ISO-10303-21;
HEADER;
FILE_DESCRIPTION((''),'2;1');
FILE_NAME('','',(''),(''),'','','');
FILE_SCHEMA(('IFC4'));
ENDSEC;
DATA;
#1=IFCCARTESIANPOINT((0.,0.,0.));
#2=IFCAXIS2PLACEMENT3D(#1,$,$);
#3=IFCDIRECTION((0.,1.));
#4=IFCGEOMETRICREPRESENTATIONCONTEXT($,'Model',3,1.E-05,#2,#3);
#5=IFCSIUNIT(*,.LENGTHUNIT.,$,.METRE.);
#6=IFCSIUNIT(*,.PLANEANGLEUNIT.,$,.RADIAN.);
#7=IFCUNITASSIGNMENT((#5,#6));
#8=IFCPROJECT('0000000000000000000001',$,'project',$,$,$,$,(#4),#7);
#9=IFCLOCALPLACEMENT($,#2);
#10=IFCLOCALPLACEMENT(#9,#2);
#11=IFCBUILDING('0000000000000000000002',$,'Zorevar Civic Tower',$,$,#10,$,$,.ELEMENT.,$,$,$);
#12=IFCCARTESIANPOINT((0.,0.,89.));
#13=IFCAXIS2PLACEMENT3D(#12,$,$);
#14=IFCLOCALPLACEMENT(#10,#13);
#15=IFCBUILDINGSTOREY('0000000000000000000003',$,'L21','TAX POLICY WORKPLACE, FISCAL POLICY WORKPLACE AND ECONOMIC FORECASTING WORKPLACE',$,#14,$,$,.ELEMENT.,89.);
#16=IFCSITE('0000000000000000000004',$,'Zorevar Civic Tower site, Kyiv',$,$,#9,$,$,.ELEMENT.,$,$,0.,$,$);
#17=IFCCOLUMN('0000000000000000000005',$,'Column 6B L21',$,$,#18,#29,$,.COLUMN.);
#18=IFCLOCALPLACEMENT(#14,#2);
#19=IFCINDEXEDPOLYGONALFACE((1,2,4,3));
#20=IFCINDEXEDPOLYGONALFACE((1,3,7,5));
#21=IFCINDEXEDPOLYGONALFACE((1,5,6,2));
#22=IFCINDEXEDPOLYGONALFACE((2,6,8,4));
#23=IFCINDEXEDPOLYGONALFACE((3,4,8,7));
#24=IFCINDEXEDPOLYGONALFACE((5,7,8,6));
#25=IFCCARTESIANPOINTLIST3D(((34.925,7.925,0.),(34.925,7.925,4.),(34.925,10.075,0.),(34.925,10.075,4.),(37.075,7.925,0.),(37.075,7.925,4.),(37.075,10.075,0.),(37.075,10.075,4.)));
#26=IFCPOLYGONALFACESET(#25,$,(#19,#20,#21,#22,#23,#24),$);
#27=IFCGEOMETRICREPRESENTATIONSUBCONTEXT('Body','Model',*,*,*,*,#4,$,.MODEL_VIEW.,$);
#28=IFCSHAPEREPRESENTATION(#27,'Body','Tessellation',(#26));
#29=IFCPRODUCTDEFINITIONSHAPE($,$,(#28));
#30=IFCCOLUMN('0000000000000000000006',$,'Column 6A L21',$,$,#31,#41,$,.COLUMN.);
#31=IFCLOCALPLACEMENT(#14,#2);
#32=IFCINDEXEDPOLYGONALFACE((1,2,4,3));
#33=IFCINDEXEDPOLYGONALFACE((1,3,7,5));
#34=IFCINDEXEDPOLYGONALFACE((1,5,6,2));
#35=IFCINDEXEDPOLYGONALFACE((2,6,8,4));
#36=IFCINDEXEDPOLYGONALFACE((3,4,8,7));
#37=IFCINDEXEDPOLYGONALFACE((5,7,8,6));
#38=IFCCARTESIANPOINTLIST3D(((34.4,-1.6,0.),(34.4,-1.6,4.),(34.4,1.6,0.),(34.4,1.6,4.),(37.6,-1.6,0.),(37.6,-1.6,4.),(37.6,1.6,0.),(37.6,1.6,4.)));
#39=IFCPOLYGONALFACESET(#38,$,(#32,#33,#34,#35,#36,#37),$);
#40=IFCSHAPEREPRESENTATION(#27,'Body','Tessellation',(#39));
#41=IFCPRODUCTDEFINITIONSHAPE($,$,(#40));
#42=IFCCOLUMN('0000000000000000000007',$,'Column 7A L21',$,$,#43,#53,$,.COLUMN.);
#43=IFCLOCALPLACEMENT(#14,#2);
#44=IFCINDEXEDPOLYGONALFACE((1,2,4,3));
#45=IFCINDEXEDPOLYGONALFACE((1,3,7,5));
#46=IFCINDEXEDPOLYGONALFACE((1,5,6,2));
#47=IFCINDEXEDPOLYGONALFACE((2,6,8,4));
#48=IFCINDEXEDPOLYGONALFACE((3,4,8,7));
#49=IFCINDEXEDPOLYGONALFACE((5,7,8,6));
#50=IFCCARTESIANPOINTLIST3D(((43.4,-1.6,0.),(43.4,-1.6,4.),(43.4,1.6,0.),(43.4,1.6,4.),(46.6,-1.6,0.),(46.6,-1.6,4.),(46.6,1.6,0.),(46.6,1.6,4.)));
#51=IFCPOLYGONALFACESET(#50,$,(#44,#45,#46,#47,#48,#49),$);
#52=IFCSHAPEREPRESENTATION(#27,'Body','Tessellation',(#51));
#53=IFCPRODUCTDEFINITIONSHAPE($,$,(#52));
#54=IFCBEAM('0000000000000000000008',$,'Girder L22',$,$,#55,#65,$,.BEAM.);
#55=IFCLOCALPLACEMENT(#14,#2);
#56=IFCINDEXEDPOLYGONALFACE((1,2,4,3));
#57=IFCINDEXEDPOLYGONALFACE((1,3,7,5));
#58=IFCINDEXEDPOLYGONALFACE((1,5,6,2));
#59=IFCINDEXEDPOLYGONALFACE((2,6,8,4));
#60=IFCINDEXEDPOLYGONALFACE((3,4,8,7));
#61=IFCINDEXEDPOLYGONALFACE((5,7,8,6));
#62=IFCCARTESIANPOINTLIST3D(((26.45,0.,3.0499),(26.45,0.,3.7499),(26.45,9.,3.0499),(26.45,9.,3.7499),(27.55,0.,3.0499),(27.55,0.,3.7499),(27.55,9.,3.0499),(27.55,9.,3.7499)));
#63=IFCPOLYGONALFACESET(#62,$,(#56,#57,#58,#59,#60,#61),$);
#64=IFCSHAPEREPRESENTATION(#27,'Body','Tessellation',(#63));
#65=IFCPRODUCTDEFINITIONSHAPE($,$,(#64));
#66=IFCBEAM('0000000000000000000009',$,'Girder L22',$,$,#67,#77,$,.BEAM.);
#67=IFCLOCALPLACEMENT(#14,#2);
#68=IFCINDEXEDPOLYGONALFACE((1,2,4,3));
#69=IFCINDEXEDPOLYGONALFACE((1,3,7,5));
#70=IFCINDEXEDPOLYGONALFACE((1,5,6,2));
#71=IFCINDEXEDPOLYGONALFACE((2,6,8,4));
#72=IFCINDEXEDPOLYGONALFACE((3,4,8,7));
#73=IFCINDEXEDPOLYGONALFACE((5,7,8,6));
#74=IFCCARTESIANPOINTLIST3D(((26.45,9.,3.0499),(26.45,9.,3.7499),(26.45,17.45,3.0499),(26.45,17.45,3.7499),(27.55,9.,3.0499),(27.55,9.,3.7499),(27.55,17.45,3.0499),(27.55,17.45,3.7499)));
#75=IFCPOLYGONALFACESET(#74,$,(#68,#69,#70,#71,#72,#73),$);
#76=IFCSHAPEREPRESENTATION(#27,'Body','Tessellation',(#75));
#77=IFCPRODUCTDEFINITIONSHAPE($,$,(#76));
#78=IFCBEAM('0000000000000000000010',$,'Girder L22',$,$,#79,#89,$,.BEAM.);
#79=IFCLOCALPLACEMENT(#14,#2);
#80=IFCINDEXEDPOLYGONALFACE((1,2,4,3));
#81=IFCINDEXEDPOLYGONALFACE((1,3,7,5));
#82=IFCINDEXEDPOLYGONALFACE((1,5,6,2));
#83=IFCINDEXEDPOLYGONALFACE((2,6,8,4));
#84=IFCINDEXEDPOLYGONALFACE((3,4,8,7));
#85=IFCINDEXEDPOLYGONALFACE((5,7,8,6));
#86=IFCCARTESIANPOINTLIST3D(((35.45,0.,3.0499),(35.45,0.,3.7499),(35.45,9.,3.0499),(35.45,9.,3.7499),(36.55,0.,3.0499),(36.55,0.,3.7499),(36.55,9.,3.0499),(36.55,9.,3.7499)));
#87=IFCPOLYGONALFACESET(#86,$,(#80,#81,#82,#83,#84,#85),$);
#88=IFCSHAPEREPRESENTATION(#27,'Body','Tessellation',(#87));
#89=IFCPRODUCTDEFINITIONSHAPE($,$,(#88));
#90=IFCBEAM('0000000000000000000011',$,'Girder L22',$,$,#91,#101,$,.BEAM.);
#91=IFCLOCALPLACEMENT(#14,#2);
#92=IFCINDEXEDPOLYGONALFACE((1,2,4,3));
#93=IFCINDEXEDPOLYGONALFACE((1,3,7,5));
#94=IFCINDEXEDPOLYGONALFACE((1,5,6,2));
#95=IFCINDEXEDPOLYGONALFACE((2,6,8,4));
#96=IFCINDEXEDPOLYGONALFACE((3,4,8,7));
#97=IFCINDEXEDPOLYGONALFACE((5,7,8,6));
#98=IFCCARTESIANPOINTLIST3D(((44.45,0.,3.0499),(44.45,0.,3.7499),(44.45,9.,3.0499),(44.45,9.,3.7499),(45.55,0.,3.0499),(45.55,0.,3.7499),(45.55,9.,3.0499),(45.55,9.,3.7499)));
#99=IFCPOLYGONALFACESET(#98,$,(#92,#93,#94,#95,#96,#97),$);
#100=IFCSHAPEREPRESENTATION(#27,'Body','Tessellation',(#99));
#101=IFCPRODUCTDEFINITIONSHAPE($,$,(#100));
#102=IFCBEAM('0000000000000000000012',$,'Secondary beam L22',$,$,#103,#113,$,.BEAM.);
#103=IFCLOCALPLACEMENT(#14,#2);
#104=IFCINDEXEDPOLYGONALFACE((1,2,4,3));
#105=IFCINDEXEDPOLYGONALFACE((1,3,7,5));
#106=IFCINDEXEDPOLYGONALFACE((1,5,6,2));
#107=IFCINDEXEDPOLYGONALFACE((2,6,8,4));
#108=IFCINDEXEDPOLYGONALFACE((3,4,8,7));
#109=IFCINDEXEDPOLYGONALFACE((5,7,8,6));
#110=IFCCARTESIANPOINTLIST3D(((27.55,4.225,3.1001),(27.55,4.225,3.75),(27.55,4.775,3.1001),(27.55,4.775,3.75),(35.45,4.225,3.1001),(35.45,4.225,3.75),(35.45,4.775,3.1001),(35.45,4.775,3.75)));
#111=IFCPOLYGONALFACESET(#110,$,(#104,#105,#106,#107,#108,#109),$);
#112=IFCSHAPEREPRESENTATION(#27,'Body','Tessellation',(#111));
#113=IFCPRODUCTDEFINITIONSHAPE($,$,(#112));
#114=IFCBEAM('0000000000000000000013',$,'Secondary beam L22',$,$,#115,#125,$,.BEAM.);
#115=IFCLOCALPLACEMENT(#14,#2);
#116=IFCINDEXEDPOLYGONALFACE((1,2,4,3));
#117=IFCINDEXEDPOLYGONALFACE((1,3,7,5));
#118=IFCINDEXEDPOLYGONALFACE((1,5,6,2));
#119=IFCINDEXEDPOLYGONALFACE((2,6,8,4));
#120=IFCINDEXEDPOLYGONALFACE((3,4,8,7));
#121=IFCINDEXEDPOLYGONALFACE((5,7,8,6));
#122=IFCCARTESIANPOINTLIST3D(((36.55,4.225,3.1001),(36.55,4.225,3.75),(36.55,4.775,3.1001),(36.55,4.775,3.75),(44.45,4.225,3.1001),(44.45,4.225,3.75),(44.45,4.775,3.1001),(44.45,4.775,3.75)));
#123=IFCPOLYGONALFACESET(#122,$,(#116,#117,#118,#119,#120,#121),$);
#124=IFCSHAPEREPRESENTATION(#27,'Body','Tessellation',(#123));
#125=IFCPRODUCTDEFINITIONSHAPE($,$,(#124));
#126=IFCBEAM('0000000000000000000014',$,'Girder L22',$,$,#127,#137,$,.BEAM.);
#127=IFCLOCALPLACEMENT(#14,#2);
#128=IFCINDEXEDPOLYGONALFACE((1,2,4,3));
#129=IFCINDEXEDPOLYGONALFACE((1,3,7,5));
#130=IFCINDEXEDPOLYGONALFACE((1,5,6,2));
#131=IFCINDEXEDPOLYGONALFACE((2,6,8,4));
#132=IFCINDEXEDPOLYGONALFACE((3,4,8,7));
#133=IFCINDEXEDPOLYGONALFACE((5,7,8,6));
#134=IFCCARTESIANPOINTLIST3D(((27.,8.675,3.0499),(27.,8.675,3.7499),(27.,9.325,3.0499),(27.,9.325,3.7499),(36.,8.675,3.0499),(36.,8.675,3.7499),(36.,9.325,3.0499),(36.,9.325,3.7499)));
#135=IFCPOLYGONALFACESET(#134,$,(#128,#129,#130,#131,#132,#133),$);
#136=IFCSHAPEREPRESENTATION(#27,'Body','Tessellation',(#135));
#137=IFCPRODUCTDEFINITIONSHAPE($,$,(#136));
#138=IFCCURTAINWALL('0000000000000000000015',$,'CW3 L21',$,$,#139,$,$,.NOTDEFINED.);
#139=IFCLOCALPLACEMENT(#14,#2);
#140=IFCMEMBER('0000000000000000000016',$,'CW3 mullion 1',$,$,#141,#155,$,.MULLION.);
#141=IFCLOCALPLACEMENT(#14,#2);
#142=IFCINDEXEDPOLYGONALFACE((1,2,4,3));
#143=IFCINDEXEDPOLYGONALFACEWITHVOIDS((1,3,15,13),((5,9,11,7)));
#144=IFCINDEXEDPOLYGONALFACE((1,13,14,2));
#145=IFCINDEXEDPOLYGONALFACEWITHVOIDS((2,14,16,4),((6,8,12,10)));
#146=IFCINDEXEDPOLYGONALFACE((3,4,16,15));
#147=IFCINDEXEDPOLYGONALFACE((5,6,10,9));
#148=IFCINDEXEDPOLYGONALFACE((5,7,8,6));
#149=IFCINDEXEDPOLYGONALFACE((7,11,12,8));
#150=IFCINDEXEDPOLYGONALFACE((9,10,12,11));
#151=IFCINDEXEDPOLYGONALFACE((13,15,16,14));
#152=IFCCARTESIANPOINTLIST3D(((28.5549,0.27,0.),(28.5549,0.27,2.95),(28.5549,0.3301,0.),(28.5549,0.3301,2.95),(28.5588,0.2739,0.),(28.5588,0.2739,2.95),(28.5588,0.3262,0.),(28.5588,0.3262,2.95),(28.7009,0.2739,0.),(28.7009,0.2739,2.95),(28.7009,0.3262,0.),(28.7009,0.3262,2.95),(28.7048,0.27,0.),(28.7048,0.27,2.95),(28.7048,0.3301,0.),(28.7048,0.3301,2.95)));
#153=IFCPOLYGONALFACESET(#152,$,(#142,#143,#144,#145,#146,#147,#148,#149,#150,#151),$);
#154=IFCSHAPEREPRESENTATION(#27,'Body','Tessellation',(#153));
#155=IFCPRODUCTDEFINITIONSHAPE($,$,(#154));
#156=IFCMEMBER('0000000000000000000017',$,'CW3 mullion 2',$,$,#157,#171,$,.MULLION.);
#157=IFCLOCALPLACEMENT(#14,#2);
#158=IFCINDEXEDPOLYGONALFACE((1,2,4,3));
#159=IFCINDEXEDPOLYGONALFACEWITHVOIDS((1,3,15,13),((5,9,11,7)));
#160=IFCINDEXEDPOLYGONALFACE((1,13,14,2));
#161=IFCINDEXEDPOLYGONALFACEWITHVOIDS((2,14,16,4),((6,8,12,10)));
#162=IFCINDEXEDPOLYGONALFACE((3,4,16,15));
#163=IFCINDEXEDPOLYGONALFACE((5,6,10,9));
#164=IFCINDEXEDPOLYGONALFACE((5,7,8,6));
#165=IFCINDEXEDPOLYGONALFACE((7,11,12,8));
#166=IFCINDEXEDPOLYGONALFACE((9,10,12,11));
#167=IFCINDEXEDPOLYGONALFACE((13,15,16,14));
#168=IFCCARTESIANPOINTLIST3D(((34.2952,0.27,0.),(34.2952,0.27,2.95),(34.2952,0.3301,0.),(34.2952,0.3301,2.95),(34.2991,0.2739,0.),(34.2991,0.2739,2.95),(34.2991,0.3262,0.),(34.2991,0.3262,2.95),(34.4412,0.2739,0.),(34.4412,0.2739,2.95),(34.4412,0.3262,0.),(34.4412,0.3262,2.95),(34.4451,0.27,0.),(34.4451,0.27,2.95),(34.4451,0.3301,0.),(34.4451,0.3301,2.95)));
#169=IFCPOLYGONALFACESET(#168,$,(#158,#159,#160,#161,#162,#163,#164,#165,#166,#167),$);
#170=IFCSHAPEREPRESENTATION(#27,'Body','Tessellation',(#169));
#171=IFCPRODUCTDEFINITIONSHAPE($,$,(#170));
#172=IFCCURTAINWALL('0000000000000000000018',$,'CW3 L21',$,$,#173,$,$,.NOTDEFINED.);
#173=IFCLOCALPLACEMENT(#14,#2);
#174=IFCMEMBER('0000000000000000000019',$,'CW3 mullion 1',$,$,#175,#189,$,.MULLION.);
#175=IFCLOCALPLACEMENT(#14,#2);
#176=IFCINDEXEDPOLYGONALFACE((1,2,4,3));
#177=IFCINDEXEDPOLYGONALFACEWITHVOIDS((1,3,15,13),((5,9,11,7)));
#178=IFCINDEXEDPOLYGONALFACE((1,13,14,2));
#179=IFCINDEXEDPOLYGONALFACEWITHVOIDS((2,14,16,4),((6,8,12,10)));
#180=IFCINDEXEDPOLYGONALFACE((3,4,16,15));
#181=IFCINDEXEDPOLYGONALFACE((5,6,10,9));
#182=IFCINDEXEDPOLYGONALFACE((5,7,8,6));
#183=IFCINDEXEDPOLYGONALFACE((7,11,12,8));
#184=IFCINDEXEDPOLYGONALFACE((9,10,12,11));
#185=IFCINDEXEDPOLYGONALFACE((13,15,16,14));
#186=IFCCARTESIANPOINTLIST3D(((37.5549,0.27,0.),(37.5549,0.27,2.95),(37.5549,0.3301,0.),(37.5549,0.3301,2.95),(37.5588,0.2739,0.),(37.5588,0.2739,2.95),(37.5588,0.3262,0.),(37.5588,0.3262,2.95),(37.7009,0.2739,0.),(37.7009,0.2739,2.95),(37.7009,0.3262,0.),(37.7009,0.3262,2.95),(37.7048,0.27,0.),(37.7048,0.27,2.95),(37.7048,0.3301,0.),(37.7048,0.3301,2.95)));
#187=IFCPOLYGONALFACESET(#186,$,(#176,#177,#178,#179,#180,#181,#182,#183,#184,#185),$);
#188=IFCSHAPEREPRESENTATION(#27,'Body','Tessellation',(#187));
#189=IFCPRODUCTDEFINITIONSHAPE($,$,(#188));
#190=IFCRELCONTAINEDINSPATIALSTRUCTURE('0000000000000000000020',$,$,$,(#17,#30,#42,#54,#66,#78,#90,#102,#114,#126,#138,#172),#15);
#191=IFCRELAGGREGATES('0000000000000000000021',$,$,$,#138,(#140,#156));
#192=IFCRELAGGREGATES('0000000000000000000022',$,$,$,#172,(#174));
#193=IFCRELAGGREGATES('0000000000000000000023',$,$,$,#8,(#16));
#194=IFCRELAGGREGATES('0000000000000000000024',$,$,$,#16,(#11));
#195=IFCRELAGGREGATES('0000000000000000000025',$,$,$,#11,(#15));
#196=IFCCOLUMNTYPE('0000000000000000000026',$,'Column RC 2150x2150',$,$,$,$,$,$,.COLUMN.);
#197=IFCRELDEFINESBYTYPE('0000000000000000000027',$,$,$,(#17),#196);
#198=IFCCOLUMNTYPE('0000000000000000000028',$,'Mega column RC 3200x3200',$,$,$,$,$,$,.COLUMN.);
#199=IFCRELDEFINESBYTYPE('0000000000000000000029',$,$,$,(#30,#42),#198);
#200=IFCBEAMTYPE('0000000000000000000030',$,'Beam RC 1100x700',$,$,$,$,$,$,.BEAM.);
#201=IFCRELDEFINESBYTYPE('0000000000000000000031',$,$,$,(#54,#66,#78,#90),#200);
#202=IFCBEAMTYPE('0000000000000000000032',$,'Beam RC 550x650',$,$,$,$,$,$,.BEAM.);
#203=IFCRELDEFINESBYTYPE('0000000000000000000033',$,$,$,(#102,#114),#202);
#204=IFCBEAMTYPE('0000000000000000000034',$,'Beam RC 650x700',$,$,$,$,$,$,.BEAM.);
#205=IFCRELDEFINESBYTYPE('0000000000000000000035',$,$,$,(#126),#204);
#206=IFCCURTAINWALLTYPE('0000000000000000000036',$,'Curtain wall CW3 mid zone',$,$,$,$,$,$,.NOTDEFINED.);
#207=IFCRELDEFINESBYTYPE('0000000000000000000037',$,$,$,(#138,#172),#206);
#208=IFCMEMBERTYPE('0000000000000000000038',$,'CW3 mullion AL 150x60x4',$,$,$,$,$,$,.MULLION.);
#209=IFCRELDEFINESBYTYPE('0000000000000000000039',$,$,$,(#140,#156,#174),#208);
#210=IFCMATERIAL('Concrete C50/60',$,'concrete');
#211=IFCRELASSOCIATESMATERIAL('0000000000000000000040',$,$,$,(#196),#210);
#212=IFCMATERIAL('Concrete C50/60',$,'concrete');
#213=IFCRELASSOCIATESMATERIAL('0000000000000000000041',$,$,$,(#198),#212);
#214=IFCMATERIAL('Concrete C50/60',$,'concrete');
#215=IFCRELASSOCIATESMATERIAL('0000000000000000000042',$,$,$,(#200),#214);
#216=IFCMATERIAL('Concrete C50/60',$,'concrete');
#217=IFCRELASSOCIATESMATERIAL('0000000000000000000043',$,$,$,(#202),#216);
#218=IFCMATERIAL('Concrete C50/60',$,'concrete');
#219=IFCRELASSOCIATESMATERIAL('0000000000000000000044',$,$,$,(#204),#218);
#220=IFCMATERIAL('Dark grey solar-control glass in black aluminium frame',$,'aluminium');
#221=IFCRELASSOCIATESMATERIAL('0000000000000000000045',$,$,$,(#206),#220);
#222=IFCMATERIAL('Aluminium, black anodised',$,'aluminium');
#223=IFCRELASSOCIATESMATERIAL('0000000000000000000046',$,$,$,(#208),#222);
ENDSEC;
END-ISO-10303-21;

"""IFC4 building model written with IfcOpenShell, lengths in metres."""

from ifc_helpers import new_model, si_unit, direction, frame, origin, origin_2d, place, context, subcontext, project, spatial, rectangle, hollow_rectangle, extrude, material, material_profile, profile_set, type_object, element, aggregate, save


model = new_model("IFC4")

# Units and contexts
model_context = context("Model", 3, precision=1e-05, world=origin(), true_north=direction((0.0, 1.0)))
body_context = subcontext(model_context, "Body", "Model", "MODEL_VIEW")
ifc_project = project(units=[si_unit("LENGTHUNIT", "METRE"), si_unit("PLANEANGLEUNIT", "RADIAN")], contexts=[model_context])

# Site, building, storey
site_placement = place(None, origin())
site = spatial("IfcSite", under=ifc_project, at=site_placement, Name="Zorevar Civic Tower site, Kyiv", CompositionType="ELEMENT", RefElevation=0.0)
building_placement = place(site_placement, origin())
building = spatial("IfcBuilding", under=site, at=building_placement, Name="Zorevar Civic Tower", CompositionType="ELEMENT")
storey_placement = place(building_placement, frame((0.0, 0.0, 89.0)))
storey = spatial("IfcBuildingStorey", under=building, at=storey_placement, Name="L21", Description="TAX POLICY WORKPLACE, FISCAL POLICY WORKPLACE AND ECONOMIC FORECASTING WORKPLACE", CompositionType="ELEMENT", Elevation=89.0)

# Columns
ifc_material_1 = material(Name="Concrete C50/60", Category="concrete")
ifc_material_profile_1 = material_profile(ifc_material_1, rectangle(XDim=2.1499, YDim=2.1499, at=origin_2d()), Name="RC 2150x2150")
ifc_profile_set_1 = profile_set([ifc_material_profile_1], Name="Concrete C50/60")
column_type_1 = type_object("IfcColumnType", Name="Column RC 2150x2150", PredefinedType="COLUMN", material=ifc_profile_set_1)
column_placement = place(storey_placement, frame((36.0, 9.0, 0.0), z_axis=(0.0, 0.0, 1.0), x_axis=(1.0, 0.0, 0.0)))
element("IfcColumn", 1, at=column_placement, inside=storey, type_object=column_type_1, Name="Column 6B L21", PredefinedType="COLUMN", context=body_context, shape_type="SweptSolid", body=[
    extrude(rectangle(XDim=2.1499, YDim=2.1499, at=origin_2d()), origin(), (0.0, 0.0, 1.0), 4.0),
])
ifc_material_2 = material(Name="Concrete C50/60", Category="concrete")
ifc_material_profile_2 = material_profile(ifc_material_2, rectangle(XDim=3.2, YDim=3.2, at=origin_2d()), Name="RC 3200x3200")
ifc_profile_set_2 = profile_set([ifc_material_profile_2], Name="Concrete C50/60")
column_type_2 = type_object("IfcColumnType", Name="Mega column RC 3200x3200", PredefinedType="COLUMN", material=ifc_profile_set_2)
for number, where, z_axis, x_axis, name in (
    (2, (36.0, 0.0, 0.0), (0.0, 0.0, 1.0), (1.0, 0.0, 0.0), "Column 6A L21"),
    (3, (45.0, 0.0, 0.0), (0.0, 0.0, 1.0), (1.0, 0.0, 0.0), "Column 7A L21"),
):
    element("IfcColumn", number, at=place(storey_placement, frame(where, z_axis=z_axis, x_axis=x_axis)), inside=storey, type_object=column_type_2, Name=name, PredefinedType="COLUMN", context=body_context, shape_type="SweptSolid", body=[
        extrude(rectangle(XDim=3.2, YDim=3.2, at=origin_2d()), origin(), (0.0, 0.0, 1.0), 4.0),
    ])

# Beams
ifc_material_3 = material(Name="Concrete C50/60", Category="concrete")
ifc_material_profile_3 = material_profile(ifc_material_3, rectangle(XDim=1.1001, YDim=0.7, at=origin_2d()), Name="RC 1100x700")
ifc_profile_set_3 = profile_set([ifc_material_profile_3], Name="Concrete C50/60")
beam_type_1 = type_object("IfcBeamType", Name="Beam RC 1100x700", PredefinedType="BEAM", material=ifc_profile_set_3)
beam_1_placement = place(storey_placement, frame((27.0, 0.0, 3.3999), z_axis=(0.0, 1.0, 0.0), x_axis=(-1.0, 0.0, 0.0)))
element("IfcBeam", 4, at=beam_1_placement, inside=storey, type_object=beam_type_1, Name="Girder L22", PredefinedType="BEAM", context=body_context, shape_type="SweptSolid", body=[
    extrude(rectangle(XDim=1.1001, YDim=0.7, at=origin_2d()), origin(), (0.0, 0.0, 1.0), 9.0),
])
beam_2_placement = place(storey_placement, frame((27.0, 9.0, 3.3999), z_axis=(0.0, 1.0, 0.0), x_axis=(-1.0, 0.0, 0.0)))
element("IfcBeam", 5, at=beam_2_placement, inside=storey, type_object=beam_type_1, Name="Girder L22", PredefinedType="BEAM", context=body_context, shape_type="SweptSolid", body=[
    extrude(rectangle(XDim=1.1001, YDim=0.7, at=origin_2d()), origin(), (0.0, 0.0, 1.0), 8.45),
])
for number, where, z_axis, x_axis, name in (
    (6, (36.0, 0.0, 3.3999), (0.0, 1.0, 0.0), (-1.0, 0.0, 0.0), "Girder L22"),
    (7, (45.0, 0.0, 3.3999), (0.0, 1.0, 0.0), (-1.0, 0.0, 0.0), "Girder L22"),
):
    element("IfcBeam", number, at=place(storey_placement, frame(where, z_axis=z_axis, x_axis=x_axis)), inside=storey, type_object=beam_type_1, Name=name, PredefinedType="BEAM", context=body_context, shape_type="SweptSolid", body=[
        extrude(rectangle(XDim=1.1001, YDim=0.7, at=origin_2d()), origin(), (0.0, 0.0, 1.0), 9.0),
    ])
ifc_material_4 = material(Name="Concrete C50/60", Category="concrete")
ifc_material_profile_4 = material_profile(ifc_material_4, rectangle(XDim=0.55, YDim=0.6499, at=origin_2d()), Name="RC 550x650")
ifc_profile_set_4 = profile_set([ifc_material_profile_4], Name="Concrete C50/60")
beam_type_2 = type_object("IfcBeamType", Name="Beam RC 550x650", PredefinedType="BEAM", material=ifc_profile_set_4)
for number, where, z_axis, x_axis, name in (
    (8, (27.55, 4.5, 3.425), (1.0, 0.0, 0.0), (0.0, 1.0, 0.0), "Secondary beam L22"),
    (9, (36.55, 4.5, 3.425), (1.0, 0.0, 0.0), (0.0, 1.0, 0.0), "Secondary beam L22"),
):
    element("IfcBeam", number, at=place(storey_placement, frame(where, z_axis=z_axis, x_axis=x_axis)), inside=storey, type_object=beam_type_2, Name=name, PredefinedType="BEAM", context=body_context, shape_type="SweptSolid", body=[
        extrude(rectangle(XDim=0.55, YDim=0.6499, at=origin_2d()), origin(), (0.0, 0.0, 1.0), 7.8999),
    ])
ifc_material_5 = material(Name="Concrete C50/60", Category="concrete")
ifc_material_profile_5 = material_profile(ifc_material_5, rectangle(XDim=0.6499, YDim=0.7, at=origin_2d()), Name="RC 650x700")
ifc_profile_set_5 = profile_set([ifc_material_profile_5], Name="Concrete C50/60")
beam_type_3 = type_object("IfcBeamType", Name="Beam RC 650x700", PredefinedType="BEAM", material=ifc_profile_set_5)
beam_3_placement = place(storey_placement, frame((27.0, 9.0, 3.3999), z_axis=(1.0, 0.0, 0.0), x_axis=(0.0, 1.0, 0.0)))
element("IfcBeam", 10, at=beam_3_placement, inside=storey, type_object=beam_type_3, Name="Girder L22", PredefinedType="BEAM", context=body_context, shape_type="SweptSolid", body=[
    extrude(rectangle(XDim=0.6499, YDim=0.7, at=origin_2d()), origin(), (0.0, 0.0, 1.0), 9.0),
])

# Curtain walls, members
ifc_material_6 = material(Name="Dark grey solar-control glass in black aluminium frame", Category="aluminium")
curtain_wall_type = type_object("IfcCurtainWallType", Name="Curtain wall CW3 mid zone", PredefinedType="NOTDEFINED", material=ifc_material_6)
curtain_wall_1_placement = place(storey_placement, origin())
curtain_wall_1 = element("IfcCurtainWall", 11, at=curtain_wall_1_placement, inside=storey, type_object=curtain_wall_type, Name="CW3 L21", PredefinedType="NOTDEFINED")
ifc_material_7 = material(Name="Aluminium, black anodised", Category="aluminium")
ifc_material_profile_6 = material_profile(ifc_material_7, hollow_rectangle(XDim=0.0601, YDim=0.1499, WallThickness=0.0039, at=origin_2d()), Name="AL 150x60x4")
ifc_profile_set_6 = profile_set([ifc_material_profile_6], Name="Aluminium, black anodised")
member_type_1 = type_object("IfcMemberType", Name="CW3 mullion AL 150x60x4", PredefinedType="MULLION", material=ifc_profile_set_6)
member_1_placement = place(storey_placement, frame((28.6299, 0.3, 0.0), z_axis=(0.0, 0.0, 1.0), x_axis=(0.0, 1.0, 0.0)))
member_1 = element("IfcMember", 12, at=member_1_placement, type_object=member_type_1, Name="CW3 mullion 1", PredefinedType="MULLION", context=body_context, shape_type="SweptSolid", body=[
    extrude(hollow_rectangle(XDim=0.0601, YDim=0.1499, WallThickness=0.0039, at=origin_2d()), origin(), (0.0, 0.0, 1.0), 2.95),
])
member_2_placement = place(storey_placement, frame((34.3701, 0.3, 0.0), z_axis=(0.0, 0.0, 1.0), x_axis=(0.0, 1.0, 0.0)))
member_2 = element("IfcMember", 13, at=member_2_placement, type_object=member_type_1, Name="CW3 mullion 2", PredefinedType="MULLION", context=body_context, shape_type="SweptSolid", body=[
    extrude(hollow_rectangle(XDim=0.0601, YDim=0.1499, WallThickness=0.0039, at=origin_2d()), origin(), (0.0, 0.0, 1.0), 2.95),
])
curtain_wall_2_placement = place(storey_placement, origin())
curtain_wall_2 = element("IfcCurtainWall", 14, at=curtain_wall_2_placement, inside=storey, type_object=curtain_wall_type, Name="CW3 L21", PredefinedType="NOTDEFINED")
member_3_placement = place(storey_placement, frame((37.6299, 0.3, 0.0), z_axis=(0.0, 0.0, 1.0), x_axis=(0.0, 1.0, 0.0)))
member_3 = element("IfcMember", 15, at=member_3_placement, type_object=member_type_1, Name="CW3 mullion 1", PredefinedType="MULLION", context=body_context, shape_type="SweptSolid", body=[
    extrude(hollow_rectangle(XDim=0.0601, YDim=0.1499, WallThickness=0.0039, at=origin_2d()), origin(), (0.0, 0.0, 1.0), 2.95),
])

aggregate(curtain_wall_1, [member_1, member_2])
aggregate(curtain_wall_2, [member_3])

save(model, "model.ifc")
